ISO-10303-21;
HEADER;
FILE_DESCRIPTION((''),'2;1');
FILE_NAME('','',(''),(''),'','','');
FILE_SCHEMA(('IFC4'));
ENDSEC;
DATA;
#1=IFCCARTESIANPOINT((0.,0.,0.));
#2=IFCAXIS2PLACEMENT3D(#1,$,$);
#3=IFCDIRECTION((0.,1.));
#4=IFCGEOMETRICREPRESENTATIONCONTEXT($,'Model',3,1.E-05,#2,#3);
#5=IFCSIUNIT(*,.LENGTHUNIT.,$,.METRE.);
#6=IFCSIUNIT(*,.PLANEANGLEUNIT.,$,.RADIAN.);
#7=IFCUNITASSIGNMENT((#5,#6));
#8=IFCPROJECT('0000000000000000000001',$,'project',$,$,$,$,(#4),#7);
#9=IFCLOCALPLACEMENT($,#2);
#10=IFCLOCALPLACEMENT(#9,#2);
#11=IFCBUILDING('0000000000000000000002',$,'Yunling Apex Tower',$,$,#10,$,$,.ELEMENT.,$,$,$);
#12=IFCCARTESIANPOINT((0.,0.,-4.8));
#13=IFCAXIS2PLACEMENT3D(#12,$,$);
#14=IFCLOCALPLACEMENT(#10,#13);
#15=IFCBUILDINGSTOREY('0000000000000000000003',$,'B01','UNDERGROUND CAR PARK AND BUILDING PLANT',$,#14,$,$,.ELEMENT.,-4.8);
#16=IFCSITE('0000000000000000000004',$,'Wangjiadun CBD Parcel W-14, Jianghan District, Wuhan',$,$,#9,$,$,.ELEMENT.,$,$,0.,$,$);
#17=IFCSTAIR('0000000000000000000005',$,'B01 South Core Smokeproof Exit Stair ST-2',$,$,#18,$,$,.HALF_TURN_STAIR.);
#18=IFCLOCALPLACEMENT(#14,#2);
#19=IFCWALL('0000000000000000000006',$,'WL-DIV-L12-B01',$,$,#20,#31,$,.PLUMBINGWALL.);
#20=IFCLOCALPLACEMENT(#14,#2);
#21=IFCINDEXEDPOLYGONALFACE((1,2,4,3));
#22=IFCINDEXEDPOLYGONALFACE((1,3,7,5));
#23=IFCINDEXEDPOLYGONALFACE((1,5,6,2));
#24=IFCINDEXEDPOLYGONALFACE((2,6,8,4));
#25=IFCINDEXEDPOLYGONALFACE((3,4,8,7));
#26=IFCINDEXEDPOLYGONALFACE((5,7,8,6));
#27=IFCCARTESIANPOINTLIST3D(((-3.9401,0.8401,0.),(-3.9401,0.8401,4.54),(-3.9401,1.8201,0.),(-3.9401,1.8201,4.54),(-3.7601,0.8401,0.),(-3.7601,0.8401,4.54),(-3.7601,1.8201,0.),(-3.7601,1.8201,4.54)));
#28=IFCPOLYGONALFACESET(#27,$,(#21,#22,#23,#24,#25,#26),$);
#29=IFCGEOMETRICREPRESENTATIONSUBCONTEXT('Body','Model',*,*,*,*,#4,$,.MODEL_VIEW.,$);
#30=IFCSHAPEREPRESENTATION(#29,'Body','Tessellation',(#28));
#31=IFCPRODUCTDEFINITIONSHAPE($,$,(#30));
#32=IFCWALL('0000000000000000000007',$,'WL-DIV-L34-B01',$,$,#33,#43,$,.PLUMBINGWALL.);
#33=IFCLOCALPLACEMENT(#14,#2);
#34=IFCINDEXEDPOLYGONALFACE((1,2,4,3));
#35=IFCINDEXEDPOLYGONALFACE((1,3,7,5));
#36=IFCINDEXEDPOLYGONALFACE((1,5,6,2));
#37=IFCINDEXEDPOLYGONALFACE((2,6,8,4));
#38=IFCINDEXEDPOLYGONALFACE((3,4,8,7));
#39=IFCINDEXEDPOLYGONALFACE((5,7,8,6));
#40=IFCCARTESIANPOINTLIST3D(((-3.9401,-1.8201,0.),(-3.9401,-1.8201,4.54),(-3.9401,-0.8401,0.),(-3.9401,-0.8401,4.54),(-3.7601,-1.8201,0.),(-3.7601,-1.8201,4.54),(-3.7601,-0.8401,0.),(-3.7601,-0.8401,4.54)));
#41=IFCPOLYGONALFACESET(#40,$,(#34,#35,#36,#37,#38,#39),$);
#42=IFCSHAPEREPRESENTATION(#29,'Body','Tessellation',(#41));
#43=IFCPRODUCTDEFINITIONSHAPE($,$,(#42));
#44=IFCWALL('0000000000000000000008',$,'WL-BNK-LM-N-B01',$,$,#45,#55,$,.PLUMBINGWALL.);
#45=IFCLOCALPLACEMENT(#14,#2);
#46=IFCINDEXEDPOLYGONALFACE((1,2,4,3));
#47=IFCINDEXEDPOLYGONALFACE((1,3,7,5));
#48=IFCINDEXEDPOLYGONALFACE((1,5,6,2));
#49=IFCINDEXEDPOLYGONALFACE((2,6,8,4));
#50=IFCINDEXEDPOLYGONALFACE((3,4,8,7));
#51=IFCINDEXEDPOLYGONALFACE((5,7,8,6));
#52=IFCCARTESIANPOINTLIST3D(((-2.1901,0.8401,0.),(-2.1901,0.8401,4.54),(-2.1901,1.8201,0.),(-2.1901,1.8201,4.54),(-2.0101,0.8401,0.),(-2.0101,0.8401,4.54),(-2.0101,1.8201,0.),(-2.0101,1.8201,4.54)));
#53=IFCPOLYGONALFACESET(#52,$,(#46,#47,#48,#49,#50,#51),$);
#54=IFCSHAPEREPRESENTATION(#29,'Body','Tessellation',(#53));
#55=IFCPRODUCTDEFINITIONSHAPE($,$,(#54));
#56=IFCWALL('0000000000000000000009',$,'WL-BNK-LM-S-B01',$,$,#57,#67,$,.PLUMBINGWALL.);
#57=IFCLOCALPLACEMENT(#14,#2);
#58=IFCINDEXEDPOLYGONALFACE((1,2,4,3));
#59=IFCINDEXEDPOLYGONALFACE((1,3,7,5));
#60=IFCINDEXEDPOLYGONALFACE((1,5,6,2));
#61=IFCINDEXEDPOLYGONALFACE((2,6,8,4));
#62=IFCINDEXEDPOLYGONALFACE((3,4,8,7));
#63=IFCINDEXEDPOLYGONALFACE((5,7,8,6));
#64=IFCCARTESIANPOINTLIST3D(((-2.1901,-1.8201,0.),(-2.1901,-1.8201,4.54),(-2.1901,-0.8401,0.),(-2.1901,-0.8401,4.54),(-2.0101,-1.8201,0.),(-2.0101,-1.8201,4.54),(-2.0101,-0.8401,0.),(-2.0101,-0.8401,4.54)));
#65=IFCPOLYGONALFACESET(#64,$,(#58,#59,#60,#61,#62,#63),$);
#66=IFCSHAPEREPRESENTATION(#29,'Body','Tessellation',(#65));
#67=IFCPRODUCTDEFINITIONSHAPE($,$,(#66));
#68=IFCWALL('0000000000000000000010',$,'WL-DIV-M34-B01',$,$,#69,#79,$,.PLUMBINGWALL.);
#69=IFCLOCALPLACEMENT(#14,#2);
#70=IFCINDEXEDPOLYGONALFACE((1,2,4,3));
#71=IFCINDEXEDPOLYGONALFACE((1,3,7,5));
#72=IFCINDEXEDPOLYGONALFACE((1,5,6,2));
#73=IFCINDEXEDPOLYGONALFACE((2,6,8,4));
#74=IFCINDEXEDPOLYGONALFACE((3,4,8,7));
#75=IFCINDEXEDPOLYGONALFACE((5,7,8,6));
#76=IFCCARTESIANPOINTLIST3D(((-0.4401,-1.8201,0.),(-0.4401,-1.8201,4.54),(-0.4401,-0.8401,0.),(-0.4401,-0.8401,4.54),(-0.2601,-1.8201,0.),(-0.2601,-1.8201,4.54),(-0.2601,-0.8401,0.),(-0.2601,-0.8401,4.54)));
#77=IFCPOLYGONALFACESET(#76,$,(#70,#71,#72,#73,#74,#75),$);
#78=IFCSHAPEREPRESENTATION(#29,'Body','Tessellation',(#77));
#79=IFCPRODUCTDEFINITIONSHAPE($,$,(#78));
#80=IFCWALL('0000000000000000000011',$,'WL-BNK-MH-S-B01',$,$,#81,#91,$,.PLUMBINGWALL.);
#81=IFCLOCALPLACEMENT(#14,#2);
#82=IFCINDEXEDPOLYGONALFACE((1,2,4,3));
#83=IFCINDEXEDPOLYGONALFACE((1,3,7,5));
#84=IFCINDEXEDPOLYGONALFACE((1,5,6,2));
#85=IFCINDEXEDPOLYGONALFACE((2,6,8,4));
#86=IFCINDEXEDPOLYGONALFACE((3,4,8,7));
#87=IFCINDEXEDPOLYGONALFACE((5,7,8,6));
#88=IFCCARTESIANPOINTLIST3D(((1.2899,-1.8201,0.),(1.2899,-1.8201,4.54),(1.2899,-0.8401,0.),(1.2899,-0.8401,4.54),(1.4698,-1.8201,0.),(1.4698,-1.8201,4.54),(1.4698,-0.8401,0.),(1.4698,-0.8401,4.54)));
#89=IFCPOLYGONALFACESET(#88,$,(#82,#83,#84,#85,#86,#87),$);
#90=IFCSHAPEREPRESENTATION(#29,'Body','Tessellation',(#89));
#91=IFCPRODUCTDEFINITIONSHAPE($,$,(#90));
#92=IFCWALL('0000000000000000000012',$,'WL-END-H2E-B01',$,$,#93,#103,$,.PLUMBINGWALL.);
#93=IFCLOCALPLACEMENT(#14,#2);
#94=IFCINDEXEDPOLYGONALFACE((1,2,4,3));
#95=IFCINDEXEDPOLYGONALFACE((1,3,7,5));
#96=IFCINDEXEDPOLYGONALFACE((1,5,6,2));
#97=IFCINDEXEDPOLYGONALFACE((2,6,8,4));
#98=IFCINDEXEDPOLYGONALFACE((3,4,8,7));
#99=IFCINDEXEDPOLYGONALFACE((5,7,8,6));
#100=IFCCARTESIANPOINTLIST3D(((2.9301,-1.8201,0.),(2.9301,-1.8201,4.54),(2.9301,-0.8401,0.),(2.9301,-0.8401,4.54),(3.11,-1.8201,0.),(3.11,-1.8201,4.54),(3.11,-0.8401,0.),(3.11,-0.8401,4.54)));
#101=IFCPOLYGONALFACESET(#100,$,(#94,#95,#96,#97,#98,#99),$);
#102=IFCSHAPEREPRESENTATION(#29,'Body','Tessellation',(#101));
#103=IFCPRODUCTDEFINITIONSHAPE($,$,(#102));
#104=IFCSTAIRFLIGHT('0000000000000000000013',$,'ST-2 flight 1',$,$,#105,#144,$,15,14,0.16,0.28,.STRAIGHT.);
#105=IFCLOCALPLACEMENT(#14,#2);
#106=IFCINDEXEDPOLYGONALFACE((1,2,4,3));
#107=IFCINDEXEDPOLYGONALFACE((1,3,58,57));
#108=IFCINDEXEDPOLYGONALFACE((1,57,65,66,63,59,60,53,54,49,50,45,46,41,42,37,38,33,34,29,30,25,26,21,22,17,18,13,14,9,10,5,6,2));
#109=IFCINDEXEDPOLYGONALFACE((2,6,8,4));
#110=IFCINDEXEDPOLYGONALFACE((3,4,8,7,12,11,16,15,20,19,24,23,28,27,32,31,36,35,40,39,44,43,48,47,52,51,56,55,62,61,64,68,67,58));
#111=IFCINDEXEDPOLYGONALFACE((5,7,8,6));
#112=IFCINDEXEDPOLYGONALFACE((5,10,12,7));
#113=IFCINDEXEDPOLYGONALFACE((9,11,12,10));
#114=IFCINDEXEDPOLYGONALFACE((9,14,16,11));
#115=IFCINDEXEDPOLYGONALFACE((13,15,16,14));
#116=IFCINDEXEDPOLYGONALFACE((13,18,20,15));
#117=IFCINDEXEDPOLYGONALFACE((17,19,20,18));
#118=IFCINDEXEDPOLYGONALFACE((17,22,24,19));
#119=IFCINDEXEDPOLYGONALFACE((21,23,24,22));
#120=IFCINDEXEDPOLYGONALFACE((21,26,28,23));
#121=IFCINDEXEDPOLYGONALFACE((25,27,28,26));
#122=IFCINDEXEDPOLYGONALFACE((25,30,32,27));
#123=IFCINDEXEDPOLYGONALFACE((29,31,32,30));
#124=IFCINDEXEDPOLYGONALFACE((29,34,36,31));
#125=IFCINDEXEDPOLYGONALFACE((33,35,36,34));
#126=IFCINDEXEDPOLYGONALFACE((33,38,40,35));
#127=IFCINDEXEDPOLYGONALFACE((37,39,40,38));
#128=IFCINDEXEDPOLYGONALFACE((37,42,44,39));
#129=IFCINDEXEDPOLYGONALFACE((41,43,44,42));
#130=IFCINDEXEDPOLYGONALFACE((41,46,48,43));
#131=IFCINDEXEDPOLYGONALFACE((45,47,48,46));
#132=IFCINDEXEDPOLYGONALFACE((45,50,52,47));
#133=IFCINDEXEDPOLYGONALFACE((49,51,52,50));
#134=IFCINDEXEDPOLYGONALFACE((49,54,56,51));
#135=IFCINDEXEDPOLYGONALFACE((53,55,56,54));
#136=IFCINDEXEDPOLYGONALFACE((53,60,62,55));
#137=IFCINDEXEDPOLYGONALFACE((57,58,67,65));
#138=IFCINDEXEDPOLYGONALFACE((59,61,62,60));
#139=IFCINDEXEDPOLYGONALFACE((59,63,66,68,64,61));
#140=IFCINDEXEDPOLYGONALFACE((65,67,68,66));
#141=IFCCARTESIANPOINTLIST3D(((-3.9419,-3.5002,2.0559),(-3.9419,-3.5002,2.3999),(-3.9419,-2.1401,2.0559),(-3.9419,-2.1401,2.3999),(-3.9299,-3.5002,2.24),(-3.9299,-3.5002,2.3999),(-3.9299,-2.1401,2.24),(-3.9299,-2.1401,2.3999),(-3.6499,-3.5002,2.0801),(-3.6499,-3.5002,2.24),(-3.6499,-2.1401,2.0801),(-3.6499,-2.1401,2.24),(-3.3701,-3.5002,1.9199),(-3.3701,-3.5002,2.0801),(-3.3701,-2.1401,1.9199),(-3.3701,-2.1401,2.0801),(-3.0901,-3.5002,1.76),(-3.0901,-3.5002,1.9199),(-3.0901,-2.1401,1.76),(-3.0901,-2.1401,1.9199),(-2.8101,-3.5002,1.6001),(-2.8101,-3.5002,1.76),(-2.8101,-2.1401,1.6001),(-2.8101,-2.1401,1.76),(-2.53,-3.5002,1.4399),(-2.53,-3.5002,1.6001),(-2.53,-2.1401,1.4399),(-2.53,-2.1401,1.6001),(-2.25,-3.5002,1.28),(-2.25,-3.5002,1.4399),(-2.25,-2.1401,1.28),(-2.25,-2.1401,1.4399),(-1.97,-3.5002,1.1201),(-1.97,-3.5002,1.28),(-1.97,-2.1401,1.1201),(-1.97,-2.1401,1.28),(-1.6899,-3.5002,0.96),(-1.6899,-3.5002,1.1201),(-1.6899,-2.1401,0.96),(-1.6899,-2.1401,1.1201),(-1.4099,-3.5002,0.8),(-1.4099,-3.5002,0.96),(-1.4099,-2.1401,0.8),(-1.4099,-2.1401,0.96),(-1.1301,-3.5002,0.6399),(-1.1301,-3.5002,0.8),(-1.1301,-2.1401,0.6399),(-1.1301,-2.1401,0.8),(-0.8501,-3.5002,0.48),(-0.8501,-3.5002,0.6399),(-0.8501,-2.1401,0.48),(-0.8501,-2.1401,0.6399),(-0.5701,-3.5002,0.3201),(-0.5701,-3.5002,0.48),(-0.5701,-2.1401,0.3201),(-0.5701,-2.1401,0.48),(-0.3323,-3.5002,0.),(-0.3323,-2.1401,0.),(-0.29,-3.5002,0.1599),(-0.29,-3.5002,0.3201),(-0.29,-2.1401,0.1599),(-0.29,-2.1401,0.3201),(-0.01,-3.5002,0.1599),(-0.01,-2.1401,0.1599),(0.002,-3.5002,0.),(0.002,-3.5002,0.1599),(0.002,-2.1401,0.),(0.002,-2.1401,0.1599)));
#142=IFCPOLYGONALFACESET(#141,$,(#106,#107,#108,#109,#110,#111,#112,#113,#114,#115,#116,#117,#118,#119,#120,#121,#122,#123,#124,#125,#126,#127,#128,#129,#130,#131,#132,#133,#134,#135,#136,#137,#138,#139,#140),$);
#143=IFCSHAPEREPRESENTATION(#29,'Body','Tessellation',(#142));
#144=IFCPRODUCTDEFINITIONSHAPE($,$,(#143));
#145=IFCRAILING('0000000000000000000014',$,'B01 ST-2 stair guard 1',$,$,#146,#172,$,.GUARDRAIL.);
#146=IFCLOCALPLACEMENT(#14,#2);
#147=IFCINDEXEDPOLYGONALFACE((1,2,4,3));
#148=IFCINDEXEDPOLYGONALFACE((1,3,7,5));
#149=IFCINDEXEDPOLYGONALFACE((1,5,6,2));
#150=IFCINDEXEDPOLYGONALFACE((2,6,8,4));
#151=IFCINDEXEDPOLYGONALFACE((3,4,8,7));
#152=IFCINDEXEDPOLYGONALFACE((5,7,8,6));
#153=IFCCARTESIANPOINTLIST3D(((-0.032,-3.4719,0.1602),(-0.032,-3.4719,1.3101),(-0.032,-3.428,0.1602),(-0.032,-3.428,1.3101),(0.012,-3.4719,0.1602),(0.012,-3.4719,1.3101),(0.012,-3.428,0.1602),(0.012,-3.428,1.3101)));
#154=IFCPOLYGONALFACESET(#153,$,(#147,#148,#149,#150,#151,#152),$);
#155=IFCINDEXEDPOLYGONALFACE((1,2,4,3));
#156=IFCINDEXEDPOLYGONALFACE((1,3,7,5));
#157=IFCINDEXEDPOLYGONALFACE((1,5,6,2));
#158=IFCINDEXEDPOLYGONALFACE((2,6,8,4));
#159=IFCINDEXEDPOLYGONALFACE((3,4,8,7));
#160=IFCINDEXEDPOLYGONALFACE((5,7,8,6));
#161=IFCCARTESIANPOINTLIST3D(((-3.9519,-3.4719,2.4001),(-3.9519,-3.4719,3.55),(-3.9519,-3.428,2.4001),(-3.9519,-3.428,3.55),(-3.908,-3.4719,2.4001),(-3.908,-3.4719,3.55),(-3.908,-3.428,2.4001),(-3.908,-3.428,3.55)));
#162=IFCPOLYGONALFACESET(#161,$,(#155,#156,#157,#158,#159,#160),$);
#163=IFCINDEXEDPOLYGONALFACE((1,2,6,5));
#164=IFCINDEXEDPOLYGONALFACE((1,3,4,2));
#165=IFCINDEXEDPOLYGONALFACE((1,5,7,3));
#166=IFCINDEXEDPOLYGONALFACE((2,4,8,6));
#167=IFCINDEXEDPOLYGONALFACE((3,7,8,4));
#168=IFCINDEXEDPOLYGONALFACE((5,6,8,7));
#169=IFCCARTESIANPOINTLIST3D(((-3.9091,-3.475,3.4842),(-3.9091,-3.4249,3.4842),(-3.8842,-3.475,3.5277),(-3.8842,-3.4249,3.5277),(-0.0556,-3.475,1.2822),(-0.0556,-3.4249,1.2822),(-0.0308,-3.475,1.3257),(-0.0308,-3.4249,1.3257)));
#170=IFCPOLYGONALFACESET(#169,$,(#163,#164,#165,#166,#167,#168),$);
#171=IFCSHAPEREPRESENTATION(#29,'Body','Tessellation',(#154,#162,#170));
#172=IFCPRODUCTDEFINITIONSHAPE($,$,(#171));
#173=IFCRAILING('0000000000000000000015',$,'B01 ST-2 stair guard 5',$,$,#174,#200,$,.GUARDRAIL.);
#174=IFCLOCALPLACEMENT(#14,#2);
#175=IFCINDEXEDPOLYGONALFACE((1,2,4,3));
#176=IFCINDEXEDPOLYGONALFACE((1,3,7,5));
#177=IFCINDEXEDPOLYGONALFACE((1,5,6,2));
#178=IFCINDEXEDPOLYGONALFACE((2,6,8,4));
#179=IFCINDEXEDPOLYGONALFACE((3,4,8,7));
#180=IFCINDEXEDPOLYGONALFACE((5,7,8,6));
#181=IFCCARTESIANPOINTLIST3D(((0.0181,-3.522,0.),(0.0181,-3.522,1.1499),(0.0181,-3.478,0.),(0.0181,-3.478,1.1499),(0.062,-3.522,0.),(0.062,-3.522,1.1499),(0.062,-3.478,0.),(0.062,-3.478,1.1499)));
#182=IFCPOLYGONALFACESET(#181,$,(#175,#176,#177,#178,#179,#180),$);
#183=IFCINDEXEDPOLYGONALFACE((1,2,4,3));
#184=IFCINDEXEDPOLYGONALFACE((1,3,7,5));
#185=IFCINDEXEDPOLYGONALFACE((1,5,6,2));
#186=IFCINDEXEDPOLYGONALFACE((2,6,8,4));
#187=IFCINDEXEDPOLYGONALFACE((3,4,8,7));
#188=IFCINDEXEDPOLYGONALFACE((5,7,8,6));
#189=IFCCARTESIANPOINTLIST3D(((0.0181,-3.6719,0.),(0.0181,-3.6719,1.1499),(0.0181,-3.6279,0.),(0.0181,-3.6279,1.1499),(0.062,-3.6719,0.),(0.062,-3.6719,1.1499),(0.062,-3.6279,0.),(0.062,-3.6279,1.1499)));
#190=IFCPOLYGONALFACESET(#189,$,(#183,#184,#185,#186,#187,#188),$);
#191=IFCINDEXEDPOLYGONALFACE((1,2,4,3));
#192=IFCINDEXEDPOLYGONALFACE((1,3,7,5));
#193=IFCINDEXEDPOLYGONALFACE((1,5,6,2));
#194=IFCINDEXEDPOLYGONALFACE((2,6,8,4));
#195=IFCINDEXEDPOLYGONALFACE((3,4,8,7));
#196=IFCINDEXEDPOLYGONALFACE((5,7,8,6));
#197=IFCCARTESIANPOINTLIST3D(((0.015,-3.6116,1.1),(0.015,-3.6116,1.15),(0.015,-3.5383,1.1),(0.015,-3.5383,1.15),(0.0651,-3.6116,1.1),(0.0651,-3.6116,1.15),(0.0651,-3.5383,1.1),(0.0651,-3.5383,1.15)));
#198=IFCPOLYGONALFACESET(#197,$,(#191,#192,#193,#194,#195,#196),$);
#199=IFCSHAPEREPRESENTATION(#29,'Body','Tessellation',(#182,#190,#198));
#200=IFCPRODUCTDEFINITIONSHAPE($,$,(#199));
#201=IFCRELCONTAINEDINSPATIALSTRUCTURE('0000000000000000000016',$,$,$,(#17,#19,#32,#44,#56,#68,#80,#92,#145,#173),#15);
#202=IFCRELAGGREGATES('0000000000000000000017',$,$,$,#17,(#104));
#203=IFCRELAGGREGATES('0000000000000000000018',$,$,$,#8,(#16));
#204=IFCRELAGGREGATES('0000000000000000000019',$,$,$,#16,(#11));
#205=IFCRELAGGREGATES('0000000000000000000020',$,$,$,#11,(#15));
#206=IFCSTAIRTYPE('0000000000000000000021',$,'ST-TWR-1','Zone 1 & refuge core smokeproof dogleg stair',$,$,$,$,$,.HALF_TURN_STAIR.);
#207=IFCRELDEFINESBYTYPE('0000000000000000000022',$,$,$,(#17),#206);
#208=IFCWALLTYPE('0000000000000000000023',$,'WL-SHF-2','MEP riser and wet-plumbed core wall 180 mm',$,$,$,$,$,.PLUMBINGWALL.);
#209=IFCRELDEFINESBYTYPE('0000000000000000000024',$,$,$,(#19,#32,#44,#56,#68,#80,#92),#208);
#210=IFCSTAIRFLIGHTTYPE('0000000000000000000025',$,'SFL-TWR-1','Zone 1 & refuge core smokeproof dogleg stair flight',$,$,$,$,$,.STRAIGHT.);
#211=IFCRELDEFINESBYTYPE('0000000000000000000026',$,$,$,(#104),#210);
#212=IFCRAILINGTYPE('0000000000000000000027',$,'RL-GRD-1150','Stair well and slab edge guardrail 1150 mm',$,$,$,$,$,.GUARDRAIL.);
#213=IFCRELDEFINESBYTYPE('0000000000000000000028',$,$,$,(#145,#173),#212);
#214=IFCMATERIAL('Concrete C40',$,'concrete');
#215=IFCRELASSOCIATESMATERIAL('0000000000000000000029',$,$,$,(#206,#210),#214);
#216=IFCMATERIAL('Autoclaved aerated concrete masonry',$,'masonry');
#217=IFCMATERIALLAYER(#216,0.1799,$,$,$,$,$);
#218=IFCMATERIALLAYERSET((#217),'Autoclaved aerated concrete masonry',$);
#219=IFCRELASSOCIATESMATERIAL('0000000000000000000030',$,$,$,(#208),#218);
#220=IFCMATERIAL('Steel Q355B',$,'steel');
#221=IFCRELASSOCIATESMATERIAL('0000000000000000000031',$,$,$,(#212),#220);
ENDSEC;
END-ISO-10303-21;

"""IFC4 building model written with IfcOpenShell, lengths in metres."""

from ifc_helpers import new_model, si_unit, direction, frame, frame_2d, origin, origin_2d, place, context, subcontext, project, spatial, polyline, rectangle, outline, extrude, material, layer, layer_set, type_object, element, aggregate, save


model = new_model("IFC4")

# Units and contexts
model_context = context("Model", 3, precision=1e-05, world=origin(), true_north=direction((0.0, 1.0)))
body_context = subcontext(model_context, "Body", "Model", "MODEL_VIEW")
ifc_project = project(units=[si_unit("LENGTHUNIT", "METRE"), si_unit("PLANEANGLEUNIT", "RADIAN")], contexts=[model_context])

# Site, building, storey
site_placement = place(None, origin())
site = spatial("IfcSite", under=ifc_project, at=site_placement, Name="Wangjiadun CBD Parcel W-14, Jianghan District, Wuhan", CompositionType="ELEMENT", RefElevation=0.0)
building_placement = place(site_placement, origin())
building = spatial("IfcBuilding", under=site, at=building_placement, Name="Yunling Apex Tower", CompositionType="ELEMENT")
storey_placement = place(building_placement, frame((0.0, 0.0, -4.8)))
storey = spatial("IfcBuildingStorey", under=building, at=storey_placement, Name="B01", Description="UNDERGROUND CAR PARK AND BUILDING PLANT", CompositionType="ELEMENT", Elevation=-4.8)

# Shared definitions
ifc_material_1 = material(Name="Steel Q355B", Category="steel")

# Shared definitions
ifc_material_2 = material(Name="Concrete C40", Category="concrete")

# Stair
stair_type_1 = type_object("IfcStairType", Name="ST-TWR-1", Description="Zone 1 & refuge core smokeproof dogleg stair", PredefinedType="HALF_TURN_STAIR", material=ifc_material_2)
stair_1_placement = place(storey_placement, origin())
stair_1 = element("IfcStair", 1, at=stair_1_placement, inside=storey, type_object=stair_type_1, Name="B01 South Core Smokeproof Exit Stair ST-2", PredefinedType="HALF_TURN_STAIR")

# Shared definitions
ifc_material_3 = material(Name="Autoclaved aerated concrete masonry", Category="masonry")

# Walls
ifc_layer_1 = layer(ifc_material_3, 0.1799)
ifc_layer_set_1 = layer_set([ifc_layer_1], Name="Autoclaved aerated concrete masonry")
wall_type_1 = type_object("IfcWallType", Name="WL-SHF-2", Description="MEP riser and wet-plumbed core wall 180 mm", PredefinedType="PLUMBINGWALL", material=ifc_layer_set_1)
for number, where, z_axis, x_axis, name in (
    (2, (-3.8501, 0.8401, 0.0), (0.0, 0.0, 1.0), (0.0, 1.0, 0.0), "WL-DIV-L12-B01"),
    (3, (-3.8501, -1.8201, 0.0), (0.0, 0.0, 1.0), (0.0, 1.0, 0.0), "WL-DIV-L34-B01"),
    (4, (-2.1001, 0.8401, 0.0), (0.0, 0.0, 1.0), (0.0, 1.0, 0.0), "WL-BNK-LM-N-B01"),
    (5, (-2.1001, -1.8201, 0.0), (0.0, 0.0, 1.0), (0.0, 1.0, 0.0), "WL-BNK-LM-S-B01"),
    (6, (-0.3501, -1.8201, 0.0), (0.0, 0.0, 1.0), (0.0, 1.0, 0.0), "WL-DIV-M34-B01"),
    (7, (1.3799, -1.8201, 0.0), (0.0, 0.0, 1.0), (0.0, 1.0, 0.0), "WL-BNK-MH-S-B01"),
    (8, (3.02, -1.8201, 0.0), (0.0, 0.0, 1.0), (0.0, 1.0, 0.0), "WL-END-H2E-B01"),
):
    element("IfcWall", number, at=place(storey_placement, frame(where, z_axis=z_axis, x_axis=x_axis)), inside=storey, type_object=wall_type_1, Name=name, PredefinedType="PLUMBINGWALL", context=body_context, shape_type="SweptSolid", body=[
        extrude(rectangle(XDim=0.98, YDim=0.1799, at=frame_2d((0.49, 0.0))), origin(), (0.0, 0.0, 1.0), 4.54),
    ])

# Stair flight
stair_flight_type = type_object("IfcStairFlightType", Name="SFL-TWR-1", Description="Zone 1 & refuge core smokeproof dogleg stair flight", PredefinedType="STRAIGHT", material=ifc_material_2)
stair_flight_placement = place(storey_placement, frame((-0.01, -2.8201, 0.0), z_axis=(0.0, 0.0, 1.0), x_axis=(-1.0, 0.0, 0.0)))
stair_flight = element("IfcStairFlight", 9, at=stair_flight_placement, type_object=stair_flight_type, Name="ST-2 flight 1", NumberOfRisers=15, NumberOfTreads=14, PredefinedType="STRAIGHT", RiserHeight=0.16, TreadLength=0.28, context=body_context, shape_type="SweptSolid", body=[
    extrude(outline(polyline([(-0.012, 0.0), (-0.012, 0.1599), (0.0, 0.1599), (0.28, 0.1599), (0.28, 0.3201), (0.5601, 0.3201), (0.5601, 0.48), (0.8401, 0.48), (0.8401, 0.6399), (1.1201, 0.6399), (1.1201, 0.8), (1.3999, 0.8), (1.3999, 0.96), (1.6799, 0.96), (1.6799, 1.1201), (1.96, 1.1201), (1.96, 1.28), (2.24, 1.28), (2.24, 1.4399), (2.52, 1.4399), (2.52, 1.6001), (2.8, 1.6001), (2.8, 1.76), (3.0801, 1.76), (3.0801, 1.9199), (3.3601, 1.9199), (3.3601, 2.0801), (3.6399, 2.0801), (3.6399, 2.24), (3.9199, 2.24), (3.9199, 2.3999), (3.9319, 2.3999), (3.9319, 2.0559), (0.3223, 0.0), (-0.012, 0.0)])), frame((0.0, 0.6802, 0.0), z_axis=(0.0, -1.0, 0.0), x_axis=(1.0, 0.0, 0.0)), (0.0, 0.0, 1.0), 1.3601),
])
aggregate(stair_1, [stair_flight])

# Railings
railing_type_1 = type_object("IfcRailingType", Name="RL-GRD-1150", Description="Stair well and slab edge guardrail 1150 mm", PredefinedType="GUARDRAIL", material=ifc_material_1)
railing_1_placement = place(storey_placement, frame((-0.01, -3.45, 0.1602)))
element("IfcRailing", 10, at=railing_1_placement, inside=storey, type_object=railing_type_1, Name="B01 ST-2 stair guard 1", PredefinedType="GUARDRAIL", context=body_context, shape_type="SweptSolid", body=[
    extrude(rectangle(XDim=0.0439, YDim=0.0439, at=origin_2d()), origin(), (0.0, 0.0, 1.0), 1.1499),
    extrude(rectangle(XDim=0.0439, YDim=0.0439, at=origin_2d()), frame((-3.9199, 0.0, 2.24)), (0.0, 0.0, 1.0), 1.1499),
    extrude(rectangle(XDim=0.05, YDim=0.05, at=origin_2d()), frame((-0.0332, 0.0, 1.1438), z_axis=(-0.86824, 0.0, 0.496145), x_axis=(0.0, -1.0, 0.0)), (0.0, 0.0, 1.0), 4.4382),
])
railing_2_placement = place(storey_placement, frame((0.04, -3.5, 0.0)))
element("IfcRailing", 11, at=railing_2_placement, inside=storey, type_object=railing_type_1, Name="B01 ST-2 stair guard 5", PredefinedType="GUARDRAIL", context=body_context, shape_type="SweptSolid", body=[
    extrude(rectangle(XDim=0.0439, YDim=0.0439, at=origin_2d()), origin(), (0.0, 0.0, 1.0), 1.1499),
    extrude(rectangle(XDim=0.0439, YDim=0.0439, at=origin_2d()), frame((0.0, -0.1499, 0.0)), (0.0, 0.0, 1.0), 1.1499),
    extrude(rectangle(XDim=0.05, YDim=0.05, at=origin_2d()), frame((0.0, -0.0383, 1.125), z_axis=(0.0, -1.0, 0.0), x_axis=(1.0, 0.0, 0.0)), (0.0, 0.0, 1.0), 0.0732),
])

save(model, "model.ifc")
